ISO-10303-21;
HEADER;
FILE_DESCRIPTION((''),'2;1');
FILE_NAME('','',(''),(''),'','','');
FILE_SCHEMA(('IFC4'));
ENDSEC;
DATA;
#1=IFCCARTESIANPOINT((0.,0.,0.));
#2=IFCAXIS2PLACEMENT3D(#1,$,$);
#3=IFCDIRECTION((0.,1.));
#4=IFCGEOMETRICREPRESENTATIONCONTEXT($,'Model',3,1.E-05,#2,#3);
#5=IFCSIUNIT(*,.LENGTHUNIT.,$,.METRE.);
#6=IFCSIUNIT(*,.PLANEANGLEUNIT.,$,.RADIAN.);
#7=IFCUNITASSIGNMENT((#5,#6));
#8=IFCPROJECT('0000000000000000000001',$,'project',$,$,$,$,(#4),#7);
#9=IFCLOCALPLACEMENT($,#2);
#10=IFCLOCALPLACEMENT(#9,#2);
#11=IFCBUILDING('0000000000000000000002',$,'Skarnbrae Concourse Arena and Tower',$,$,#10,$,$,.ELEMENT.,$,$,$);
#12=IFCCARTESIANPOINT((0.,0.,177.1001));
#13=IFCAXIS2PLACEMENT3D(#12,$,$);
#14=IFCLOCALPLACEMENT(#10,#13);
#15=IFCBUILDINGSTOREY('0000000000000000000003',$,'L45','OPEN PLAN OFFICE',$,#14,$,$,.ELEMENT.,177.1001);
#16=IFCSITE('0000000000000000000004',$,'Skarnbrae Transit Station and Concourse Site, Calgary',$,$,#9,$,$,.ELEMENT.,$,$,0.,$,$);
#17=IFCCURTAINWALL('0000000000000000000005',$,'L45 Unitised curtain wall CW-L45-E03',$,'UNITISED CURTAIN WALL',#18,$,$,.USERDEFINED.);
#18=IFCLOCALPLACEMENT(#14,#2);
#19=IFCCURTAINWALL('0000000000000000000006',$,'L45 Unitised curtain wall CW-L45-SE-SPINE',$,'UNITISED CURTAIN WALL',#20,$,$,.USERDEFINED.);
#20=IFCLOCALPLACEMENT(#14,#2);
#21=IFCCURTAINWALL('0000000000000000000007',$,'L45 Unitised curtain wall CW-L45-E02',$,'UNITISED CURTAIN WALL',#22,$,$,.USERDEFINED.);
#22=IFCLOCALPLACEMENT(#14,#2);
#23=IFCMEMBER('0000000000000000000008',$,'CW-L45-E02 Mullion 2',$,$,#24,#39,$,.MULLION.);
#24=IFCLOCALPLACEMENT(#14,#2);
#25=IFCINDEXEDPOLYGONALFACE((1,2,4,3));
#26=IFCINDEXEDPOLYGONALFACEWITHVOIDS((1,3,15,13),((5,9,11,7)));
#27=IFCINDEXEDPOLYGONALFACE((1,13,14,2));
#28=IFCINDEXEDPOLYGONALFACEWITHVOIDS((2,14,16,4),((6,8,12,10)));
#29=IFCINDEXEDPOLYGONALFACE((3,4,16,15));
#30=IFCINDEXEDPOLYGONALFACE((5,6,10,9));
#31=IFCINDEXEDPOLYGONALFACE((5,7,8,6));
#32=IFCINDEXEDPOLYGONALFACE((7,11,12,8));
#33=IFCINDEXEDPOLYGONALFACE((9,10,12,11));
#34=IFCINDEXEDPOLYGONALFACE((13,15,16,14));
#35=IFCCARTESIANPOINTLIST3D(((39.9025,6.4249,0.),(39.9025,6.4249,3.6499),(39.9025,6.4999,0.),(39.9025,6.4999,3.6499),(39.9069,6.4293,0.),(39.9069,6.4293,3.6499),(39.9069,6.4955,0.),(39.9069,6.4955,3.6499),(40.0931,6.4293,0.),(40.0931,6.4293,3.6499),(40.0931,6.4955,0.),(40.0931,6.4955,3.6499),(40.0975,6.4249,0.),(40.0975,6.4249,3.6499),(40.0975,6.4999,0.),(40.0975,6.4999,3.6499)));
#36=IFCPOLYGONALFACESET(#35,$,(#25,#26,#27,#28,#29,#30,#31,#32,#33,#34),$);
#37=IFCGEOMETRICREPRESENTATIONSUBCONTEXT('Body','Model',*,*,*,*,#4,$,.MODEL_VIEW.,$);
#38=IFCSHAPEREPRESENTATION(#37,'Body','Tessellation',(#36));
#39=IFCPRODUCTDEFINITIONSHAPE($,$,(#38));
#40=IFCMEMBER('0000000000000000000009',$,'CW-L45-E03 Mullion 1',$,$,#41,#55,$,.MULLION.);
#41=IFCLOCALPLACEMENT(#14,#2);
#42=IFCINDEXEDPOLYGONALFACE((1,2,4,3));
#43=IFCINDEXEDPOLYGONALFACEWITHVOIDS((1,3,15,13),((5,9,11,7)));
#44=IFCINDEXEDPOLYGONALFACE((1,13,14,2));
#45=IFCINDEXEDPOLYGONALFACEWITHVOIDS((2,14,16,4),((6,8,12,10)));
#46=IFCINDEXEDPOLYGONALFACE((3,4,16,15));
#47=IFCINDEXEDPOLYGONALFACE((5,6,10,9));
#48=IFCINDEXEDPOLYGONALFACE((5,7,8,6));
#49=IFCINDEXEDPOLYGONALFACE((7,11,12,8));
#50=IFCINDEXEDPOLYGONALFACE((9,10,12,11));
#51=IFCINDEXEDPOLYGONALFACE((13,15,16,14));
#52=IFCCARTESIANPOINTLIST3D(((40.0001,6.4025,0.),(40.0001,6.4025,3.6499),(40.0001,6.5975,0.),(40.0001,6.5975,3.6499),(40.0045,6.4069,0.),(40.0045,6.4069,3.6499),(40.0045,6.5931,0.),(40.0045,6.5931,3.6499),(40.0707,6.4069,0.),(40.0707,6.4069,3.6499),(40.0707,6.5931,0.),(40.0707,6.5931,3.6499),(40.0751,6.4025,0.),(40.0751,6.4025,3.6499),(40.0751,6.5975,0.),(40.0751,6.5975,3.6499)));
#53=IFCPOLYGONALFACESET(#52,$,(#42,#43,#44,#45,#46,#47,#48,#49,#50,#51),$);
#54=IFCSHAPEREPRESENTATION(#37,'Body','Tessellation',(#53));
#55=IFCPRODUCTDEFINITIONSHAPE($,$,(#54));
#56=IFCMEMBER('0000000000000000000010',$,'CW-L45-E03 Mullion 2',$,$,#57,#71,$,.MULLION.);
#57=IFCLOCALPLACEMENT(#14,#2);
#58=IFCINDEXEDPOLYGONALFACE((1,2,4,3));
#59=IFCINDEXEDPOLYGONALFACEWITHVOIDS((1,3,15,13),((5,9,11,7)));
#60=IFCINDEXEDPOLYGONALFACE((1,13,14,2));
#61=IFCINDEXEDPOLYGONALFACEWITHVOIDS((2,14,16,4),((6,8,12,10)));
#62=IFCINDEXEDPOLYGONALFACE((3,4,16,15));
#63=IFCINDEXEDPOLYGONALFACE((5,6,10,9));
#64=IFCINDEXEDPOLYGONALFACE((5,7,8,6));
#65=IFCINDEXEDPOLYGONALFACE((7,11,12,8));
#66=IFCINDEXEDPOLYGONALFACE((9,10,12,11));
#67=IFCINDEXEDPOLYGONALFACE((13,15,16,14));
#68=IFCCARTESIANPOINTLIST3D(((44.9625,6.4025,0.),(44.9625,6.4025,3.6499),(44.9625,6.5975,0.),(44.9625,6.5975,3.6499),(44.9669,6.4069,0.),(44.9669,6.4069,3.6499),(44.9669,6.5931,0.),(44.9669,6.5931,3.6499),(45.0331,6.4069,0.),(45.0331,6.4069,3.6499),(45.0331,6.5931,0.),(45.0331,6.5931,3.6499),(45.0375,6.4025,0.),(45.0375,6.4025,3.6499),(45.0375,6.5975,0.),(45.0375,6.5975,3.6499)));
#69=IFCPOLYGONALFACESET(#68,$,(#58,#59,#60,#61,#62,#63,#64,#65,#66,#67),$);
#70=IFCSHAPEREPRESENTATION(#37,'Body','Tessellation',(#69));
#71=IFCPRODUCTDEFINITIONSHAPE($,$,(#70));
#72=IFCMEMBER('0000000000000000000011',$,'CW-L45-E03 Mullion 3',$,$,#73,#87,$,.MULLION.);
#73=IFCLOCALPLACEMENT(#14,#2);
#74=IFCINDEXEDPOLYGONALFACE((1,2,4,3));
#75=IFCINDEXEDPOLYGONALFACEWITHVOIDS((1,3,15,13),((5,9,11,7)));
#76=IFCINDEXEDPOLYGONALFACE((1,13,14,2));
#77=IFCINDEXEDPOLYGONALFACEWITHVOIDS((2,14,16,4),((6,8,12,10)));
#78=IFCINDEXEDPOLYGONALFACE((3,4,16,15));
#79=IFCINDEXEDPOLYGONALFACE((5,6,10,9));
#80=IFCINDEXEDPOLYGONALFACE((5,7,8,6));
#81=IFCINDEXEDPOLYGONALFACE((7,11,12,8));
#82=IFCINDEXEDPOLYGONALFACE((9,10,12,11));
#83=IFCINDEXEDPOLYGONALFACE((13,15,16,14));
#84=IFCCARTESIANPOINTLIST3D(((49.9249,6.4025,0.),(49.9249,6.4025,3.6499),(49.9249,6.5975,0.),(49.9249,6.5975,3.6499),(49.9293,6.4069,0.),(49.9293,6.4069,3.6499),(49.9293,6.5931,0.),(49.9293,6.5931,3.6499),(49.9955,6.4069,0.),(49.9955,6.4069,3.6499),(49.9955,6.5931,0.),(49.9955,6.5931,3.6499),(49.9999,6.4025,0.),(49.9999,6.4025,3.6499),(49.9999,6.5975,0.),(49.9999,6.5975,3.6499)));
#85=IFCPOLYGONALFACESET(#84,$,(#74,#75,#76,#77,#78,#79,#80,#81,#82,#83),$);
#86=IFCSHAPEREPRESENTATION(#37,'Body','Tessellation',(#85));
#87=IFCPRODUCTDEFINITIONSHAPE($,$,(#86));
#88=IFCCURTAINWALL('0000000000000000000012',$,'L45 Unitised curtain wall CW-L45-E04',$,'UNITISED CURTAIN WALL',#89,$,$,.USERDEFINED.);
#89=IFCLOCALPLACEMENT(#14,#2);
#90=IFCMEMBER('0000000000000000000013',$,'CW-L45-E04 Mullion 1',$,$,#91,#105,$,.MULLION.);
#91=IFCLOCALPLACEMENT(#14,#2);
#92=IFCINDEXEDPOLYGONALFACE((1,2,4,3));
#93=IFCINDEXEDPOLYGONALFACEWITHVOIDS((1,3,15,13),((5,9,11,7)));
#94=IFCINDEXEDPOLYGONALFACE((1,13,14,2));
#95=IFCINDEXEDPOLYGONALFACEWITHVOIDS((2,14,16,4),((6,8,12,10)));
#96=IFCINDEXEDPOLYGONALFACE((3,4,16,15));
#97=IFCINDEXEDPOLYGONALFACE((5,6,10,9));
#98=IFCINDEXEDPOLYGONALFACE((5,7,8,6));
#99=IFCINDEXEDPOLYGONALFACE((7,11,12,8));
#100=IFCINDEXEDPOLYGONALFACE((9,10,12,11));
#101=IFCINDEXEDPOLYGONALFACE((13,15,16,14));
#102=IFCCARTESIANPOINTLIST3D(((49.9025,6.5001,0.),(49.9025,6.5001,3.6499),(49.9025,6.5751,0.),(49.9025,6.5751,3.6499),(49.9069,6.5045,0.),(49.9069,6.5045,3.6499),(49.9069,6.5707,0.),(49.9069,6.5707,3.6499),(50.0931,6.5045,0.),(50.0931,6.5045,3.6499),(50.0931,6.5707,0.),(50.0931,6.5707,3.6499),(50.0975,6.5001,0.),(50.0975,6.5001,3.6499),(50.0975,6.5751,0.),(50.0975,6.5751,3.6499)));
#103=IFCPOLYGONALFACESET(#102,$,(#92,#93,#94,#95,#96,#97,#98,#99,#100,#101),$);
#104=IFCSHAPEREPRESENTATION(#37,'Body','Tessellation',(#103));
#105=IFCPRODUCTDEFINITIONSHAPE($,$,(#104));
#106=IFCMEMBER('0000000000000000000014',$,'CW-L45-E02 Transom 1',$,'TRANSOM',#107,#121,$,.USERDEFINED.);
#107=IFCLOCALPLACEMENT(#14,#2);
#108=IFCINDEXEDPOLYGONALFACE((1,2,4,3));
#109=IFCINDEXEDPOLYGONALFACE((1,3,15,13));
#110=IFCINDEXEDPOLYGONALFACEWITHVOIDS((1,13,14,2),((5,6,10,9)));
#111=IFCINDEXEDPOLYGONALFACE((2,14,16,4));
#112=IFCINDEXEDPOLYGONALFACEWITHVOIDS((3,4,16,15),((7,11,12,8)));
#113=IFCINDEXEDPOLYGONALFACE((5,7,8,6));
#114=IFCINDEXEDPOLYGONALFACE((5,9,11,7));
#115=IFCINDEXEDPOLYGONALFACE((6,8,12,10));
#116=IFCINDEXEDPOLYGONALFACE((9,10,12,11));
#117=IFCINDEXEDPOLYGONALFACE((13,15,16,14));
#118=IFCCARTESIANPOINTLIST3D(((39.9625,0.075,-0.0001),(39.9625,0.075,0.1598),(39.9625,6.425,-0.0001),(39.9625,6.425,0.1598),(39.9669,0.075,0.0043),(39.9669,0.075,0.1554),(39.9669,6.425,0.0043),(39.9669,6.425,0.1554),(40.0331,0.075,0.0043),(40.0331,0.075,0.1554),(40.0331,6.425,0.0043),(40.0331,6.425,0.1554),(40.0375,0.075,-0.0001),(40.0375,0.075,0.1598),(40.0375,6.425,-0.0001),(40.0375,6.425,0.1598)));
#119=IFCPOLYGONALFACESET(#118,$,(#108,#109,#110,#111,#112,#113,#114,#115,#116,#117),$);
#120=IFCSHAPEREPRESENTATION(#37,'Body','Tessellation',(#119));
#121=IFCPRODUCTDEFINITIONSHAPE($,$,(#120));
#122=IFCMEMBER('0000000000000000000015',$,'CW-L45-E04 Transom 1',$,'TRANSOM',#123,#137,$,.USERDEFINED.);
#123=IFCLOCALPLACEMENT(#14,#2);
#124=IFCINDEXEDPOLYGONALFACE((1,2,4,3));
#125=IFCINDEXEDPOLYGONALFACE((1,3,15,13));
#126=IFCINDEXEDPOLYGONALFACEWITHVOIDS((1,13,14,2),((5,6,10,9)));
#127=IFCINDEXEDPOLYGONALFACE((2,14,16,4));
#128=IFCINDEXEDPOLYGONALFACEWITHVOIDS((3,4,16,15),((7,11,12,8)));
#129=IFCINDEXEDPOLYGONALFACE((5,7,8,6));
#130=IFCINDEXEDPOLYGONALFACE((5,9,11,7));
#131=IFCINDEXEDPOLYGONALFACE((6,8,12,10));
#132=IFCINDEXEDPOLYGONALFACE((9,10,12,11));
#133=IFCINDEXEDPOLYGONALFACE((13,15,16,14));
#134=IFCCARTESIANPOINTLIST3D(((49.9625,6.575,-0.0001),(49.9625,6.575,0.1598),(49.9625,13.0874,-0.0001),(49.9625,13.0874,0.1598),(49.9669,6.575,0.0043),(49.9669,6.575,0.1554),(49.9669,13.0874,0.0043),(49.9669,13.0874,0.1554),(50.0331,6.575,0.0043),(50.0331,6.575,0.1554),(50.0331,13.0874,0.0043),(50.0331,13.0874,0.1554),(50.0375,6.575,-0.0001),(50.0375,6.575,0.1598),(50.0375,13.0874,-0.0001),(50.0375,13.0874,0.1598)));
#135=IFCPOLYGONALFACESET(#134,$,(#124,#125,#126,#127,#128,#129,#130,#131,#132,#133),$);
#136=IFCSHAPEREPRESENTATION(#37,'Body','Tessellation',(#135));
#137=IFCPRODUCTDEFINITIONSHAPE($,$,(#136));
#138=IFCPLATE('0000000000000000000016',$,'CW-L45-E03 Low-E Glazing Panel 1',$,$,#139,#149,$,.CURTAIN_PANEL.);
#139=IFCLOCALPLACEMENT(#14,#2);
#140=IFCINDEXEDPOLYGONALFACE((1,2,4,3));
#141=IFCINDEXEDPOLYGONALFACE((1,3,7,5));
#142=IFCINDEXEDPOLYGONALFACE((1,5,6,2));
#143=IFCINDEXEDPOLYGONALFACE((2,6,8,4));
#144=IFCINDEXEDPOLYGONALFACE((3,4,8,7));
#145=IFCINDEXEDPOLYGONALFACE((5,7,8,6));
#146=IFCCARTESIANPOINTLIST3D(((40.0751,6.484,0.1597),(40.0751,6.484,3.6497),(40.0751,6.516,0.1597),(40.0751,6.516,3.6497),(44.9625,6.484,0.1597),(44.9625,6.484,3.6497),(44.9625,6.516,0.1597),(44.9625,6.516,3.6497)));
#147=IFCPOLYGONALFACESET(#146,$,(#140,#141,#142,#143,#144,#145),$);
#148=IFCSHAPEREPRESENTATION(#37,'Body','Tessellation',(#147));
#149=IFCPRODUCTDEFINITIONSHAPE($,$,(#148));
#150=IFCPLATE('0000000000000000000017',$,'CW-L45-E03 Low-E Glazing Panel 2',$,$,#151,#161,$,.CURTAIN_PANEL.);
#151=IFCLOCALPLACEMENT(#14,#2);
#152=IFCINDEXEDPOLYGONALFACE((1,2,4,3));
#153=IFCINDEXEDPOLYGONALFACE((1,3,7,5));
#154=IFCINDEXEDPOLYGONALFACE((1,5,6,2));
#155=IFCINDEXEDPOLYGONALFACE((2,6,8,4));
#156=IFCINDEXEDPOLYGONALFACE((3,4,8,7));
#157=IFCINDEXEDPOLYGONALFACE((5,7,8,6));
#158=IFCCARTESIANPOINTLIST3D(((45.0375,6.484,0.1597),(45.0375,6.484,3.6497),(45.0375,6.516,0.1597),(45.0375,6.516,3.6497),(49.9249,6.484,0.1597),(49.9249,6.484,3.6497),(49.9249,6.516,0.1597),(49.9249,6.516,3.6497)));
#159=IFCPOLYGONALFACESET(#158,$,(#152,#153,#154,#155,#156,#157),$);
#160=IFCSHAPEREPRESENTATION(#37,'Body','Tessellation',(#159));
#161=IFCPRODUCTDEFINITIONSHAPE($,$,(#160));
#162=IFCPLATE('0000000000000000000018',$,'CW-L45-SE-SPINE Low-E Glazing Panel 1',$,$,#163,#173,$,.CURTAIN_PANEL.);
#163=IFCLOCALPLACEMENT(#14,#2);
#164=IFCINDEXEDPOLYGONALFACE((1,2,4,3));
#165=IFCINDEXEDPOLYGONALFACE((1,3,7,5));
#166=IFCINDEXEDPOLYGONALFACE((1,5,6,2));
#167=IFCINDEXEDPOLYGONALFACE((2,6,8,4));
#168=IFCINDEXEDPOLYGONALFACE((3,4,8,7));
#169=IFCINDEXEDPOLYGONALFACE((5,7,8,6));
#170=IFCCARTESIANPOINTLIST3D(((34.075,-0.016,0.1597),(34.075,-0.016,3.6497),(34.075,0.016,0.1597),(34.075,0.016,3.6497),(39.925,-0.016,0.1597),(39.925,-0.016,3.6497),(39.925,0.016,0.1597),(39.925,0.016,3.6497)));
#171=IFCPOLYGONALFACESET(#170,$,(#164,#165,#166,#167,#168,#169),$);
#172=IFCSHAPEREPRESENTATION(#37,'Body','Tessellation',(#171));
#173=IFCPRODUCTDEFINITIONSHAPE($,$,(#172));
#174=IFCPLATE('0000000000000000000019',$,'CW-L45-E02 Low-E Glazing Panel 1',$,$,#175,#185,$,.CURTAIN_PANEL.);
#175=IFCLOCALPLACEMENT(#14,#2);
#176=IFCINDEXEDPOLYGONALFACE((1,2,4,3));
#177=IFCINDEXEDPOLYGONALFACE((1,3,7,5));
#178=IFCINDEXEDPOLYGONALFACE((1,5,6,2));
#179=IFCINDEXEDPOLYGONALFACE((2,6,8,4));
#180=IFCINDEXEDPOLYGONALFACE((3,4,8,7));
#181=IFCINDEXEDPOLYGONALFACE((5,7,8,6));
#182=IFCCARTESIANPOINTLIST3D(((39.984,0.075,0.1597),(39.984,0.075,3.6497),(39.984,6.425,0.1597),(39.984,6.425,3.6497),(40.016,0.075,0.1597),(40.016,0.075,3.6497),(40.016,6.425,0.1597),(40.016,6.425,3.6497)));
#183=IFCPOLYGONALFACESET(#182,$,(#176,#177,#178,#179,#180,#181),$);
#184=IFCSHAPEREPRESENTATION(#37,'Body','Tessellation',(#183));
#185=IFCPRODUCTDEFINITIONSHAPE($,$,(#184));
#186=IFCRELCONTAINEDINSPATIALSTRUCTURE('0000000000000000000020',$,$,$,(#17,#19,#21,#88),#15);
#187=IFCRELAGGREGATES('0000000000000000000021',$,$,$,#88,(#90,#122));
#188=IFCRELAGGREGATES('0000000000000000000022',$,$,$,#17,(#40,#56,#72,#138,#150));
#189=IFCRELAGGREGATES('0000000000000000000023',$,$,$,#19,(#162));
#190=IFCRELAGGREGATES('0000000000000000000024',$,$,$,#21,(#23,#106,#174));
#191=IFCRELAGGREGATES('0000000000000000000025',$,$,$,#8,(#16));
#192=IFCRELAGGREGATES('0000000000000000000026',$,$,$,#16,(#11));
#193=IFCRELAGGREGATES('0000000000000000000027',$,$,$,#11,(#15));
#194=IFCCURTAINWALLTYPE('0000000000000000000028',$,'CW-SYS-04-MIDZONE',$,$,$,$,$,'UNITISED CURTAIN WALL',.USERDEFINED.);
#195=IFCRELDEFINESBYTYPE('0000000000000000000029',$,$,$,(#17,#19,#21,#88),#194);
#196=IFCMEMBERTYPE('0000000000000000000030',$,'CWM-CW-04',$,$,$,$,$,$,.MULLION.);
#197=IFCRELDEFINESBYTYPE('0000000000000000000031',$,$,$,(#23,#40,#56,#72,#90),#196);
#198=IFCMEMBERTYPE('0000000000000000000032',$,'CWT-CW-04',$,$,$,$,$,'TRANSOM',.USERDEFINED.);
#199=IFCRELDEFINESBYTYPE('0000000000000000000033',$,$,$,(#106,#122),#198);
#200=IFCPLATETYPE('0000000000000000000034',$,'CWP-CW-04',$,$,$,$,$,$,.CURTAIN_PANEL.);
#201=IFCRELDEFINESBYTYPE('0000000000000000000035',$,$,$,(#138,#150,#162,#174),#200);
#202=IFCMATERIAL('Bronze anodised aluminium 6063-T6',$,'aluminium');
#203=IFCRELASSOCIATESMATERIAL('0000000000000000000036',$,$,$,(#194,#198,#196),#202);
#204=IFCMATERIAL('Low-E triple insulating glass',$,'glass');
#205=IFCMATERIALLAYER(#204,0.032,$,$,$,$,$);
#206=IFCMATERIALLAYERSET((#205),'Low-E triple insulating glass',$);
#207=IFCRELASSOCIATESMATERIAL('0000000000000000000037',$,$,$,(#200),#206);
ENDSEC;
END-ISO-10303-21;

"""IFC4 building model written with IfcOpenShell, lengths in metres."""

from ifc_helpers import new_model, si_unit, direction, frame, origin, origin_2d, place, context, subcontext, project, spatial, rectangle, hollow_rectangle, extrude, source, transform, mapped, material, layer, layer_set, material_profile, profile_set, type_object, element, aggregate, save


model = new_model("IFC4")

# Units and contexts
model_context = context("Model", 3, precision=1e-05, world=origin(), true_north=direction((0.0, 1.0)))
body_context = subcontext(model_context, "Body", "Model", "MODEL_VIEW")
ifc_project = project(units=[si_unit("LENGTHUNIT", "METRE"), si_unit("PLANEANGLEUNIT", "RADIAN")], contexts=[model_context])

# Site, building, storey
site_placement = place(None, origin())
site = spatial("IfcSite", under=ifc_project, at=site_placement, Name="Skarnbrae Transit Station and Concourse Site, Calgary", CompositionType="ELEMENT", RefElevation=0.0)
building_placement = place(site_placement, origin())
building = spatial("IfcBuilding", under=site, at=building_placement, Name="Skarnbrae Concourse Arena and Tower", CompositionType="ELEMENT")
storey_placement = place(building_placement, frame((0.0, 0.0, 177.1001)))
storey = spatial("IfcBuildingStorey", under=building, at=storey_placement, Name="L45", Description="OPEN PLAN OFFICE", CompositionType="ELEMENT", Elevation=177.1001)

# Curtain wall
ifc_material_1 = material(Name="Bronze anodised aluminium 6063-T6", Category="aluminium")
curtain_wall_type = type_object("IfcCurtainWallType", Name="CW-SYS-04-MIDZONE", ElementType="UNITISED CURTAIN WALL", PredefinedType="USERDEFINED", material=ifc_material_1)
curtain_wall_1_placement = place(storey_placement, origin())
curtain_wall_1 = element("IfcCurtainWall", 1, at=curtain_wall_1_placement, inside=storey, type_object=curtain_wall_type, Name="L45 Unitised curtain wall CW-L45-E03", ObjectType="UNITISED CURTAIN WALL", PredefinedType="USERDEFINED")
ifc_material_profile_1 = material_profile(ifc_material_1, hollow_rectangle(XDim=0.075, YDim=0.1599, WallThickness=0.0044, at=origin_2d()), Name="ALU-TRAN-75X160")
ifc_profile_set_1 = profile_set([ifc_material_profile_1], Name="Bronze anodised aluminium 6063-T6")
member_type_1 = type_object("IfcMemberType", Name="CWT-CW-04", ElementType="TRANSOM", PredefinedType="USERDEFINED", material=ifc_profile_set_1)

# Curtain wall
curtain_wall_2_placement = place(storey_placement, origin())
curtain_wall_2 = element("IfcCurtainWall", 2, at=curtain_wall_2_placement, inside=storey, type_object=curtain_wall_type, Name="L45 Unitised curtain wall CW-L45-SE-SPINE", ObjectType="UNITISED CURTAIN WALL", PredefinedType="USERDEFINED")
ifc_material_profile_2 = material_profile(ifc_material_1, hollow_rectangle(XDim=0.075, YDim=0.1951, WallThickness=0.0044, at=origin_2d()), Name="ALU-MULL-75X195")
ifc_profile_set_2 = profile_set([ifc_material_profile_2], Name="Bronze anodised aluminium 6063-T6")
member_type_2 = type_object("IfcMemberType", Name="CWM-CW-04", PredefinedType="MULLION", material=ifc_profile_set_2)
shared_shape_1 = source(origin(), body_context, "Body", "SweptSolid", [
    extrude(hollow_rectangle(XDim=0.075, YDim=0.1951, WallThickness=0.0044, at=origin_2d()), origin(), (0.0, 0.0, 1.0), 3.6499),
])

# Curtain wall, member
curtain_wall_3_placement = place(storey_placement, origin())
curtain_wall_3 = element("IfcCurtainWall", 3, at=curtain_wall_3_placement, inside=storey, type_object=curtain_wall_type, Name="L45 Unitised curtain wall CW-L45-E02", ObjectType="UNITISED CURTAIN WALL", PredefinedType="USERDEFINED")
member_1_placement = place(storey_placement, frame((40.0, 6.4624, 0.0), z_axis=(0.0, 0.0, 1.0), x_axis=(0.0, 1.0, 0.0)))
member_1 = element("IfcMember", 4, at=member_1_placement, type_object=member_type_2, Name="CW-L45-E02 Mullion 2", PredefinedType="MULLION", context=body_context, shape_type="MappedRepresentation", body=[
    mapped(shared_shape_1, transform((0.0, 0.0, 0.0))),
])

# Members
member_2_placement = place(storey_placement, frame((40.0376, 6.5, 0.0), z_axis=(0.0, 0.0, 1.0), x_axis=(1.0, 0.0, 0.0)))
member_2 = element("IfcMember", 5, at=member_2_placement, type_object=member_type_2, Name="CW-L45-E03 Mullion 1", PredefinedType="MULLION", context=body_context, shape_type="MappedRepresentation", body=[
    mapped(shared_shape_1, transform((0.0, 0.0, 0.0))),
])
member_3_placement = place(storey_placement, frame((45.0, 6.5, 0.0), z_axis=(0.0, 0.0, 1.0), x_axis=(1.0, 0.0, 0.0)))
member_3 = element("IfcMember", 6, at=member_3_placement, type_object=member_type_2, Name="CW-L45-E03 Mullion 2", PredefinedType="MULLION", context=body_context, shape_type="MappedRepresentation", body=[
    mapped(shared_shape_1, transform((0.0, 0.0, 0.0))),
])
member_4_placement = place(storey_placement, frame((49.9624, 6.5, 0.0), z_axis=(0.0, 0.0, 1.0), x_axis=(1.0, 0.0, 0.0)))
member_4 = element("IfcMember", 7, at=member_4_placement, type_object=member_type_2, Name="CW-L45-E03 Mullion 3", PredefinedType="MULLION", context=body_context, shape_type="MappedRepresentation", body=[
    mapped(shared_shape_1, transform((0.0, 0.0, 0.0))),
])

# Curtain wall, member
curtain_wall_4_placement = place(storey_placement, origin())
curtain_wall_4 = element("IfcCurtainWall", 8, at=curtain_wall_4_placement, inside=storey, type_object=curtain_wall_type, Name="L45 Unitised curtain wall CW-L45-E04", ObjectType="UNITISED CURTAIN WALL", PredefinedType="USERDEFINED")
member_5_placement = place(storey_placement, frame((50.0, 6.5376, 0.0), z_axis=(0.0, 0.0, 1.0), x_axis=(0.0, 1.0, 0.0)))
member_5 = element("IfcMember", 9, at=member_5_placement, type_object=member_type_2, Name="CW-L45-E04 Mullion 1", PredefinedType="MULLION", context=body_context, shape_type="MappedRepresentation", body=[
    mapped(shared_shape_1, transform((0.0, 0.0, 0.0))),
])

# Members
shared_shape_2 = source(origin(), body_context, "Body", "SweptSolid", [
    extrude(hollow_rectangle(XDim=0.075, YDim=0.1599, WallThickness=0.0044, at=origin_2d()), origin(), (0.0, 0.0, 1.0), 6.3501),
])
member_6_placement = place(storey_placement, frame((40.0, 0.075, 0.0798), z_axis=(0.0, 1.0, 0.0), x_axis=(-1.0, 0.0, 0.0)))
member_6 = element("IfcMember", 10, at=member_6_placement, type_object=member_type_1, Name="CW-L45-E02 Transom 1", ObjectType="TRANSOM", PredefinedType="USERDEFINED", context=body_context, shape_type="MappedRepresentation", body=[
    mapped(shared_shape_2, transform((0.0, 0.0, 0.0))),
])
shared_shape_3 = source(origin(), body_context, "Body", "SweptSolid", [
    extrude(hollow_rectangle(XDim=0.075, YDim=0.1599, WallThickness=0.0044, at=origin_2d()), origin(), (0.0, 0.0, 1.0), 6.5125),
])
member_7_placement = place(storey_placement, frame((50.0, 6.575, 0.0798), z_axis=(0.0, 1.0, 0.0), x_axis=(-1.0, 0.0, 0.0)))
member_7 = element("IfcMember", 11, at=member_7_placement, type_object=member_type_1, Name="CW-L45-E04 Transom 1", ObjectType="TRANSOM", PredefinedType="USERDEFINED", context=body_context, shape_type="MappedRepresentation", body=[
    mapped(shared_shape_3, transform((0.0, 0.0, 0.0))),
])
aggregate(curtain_wall_4, [member_5, member_7])

# Plates
ifc_material_2 = material(Name="Low-E triple insulating glass", Category="glass")
ifc_layer = layer(ifc_material_2, 0.032)
ifc_layer_set = layer_set([ifc_layer], Name="Low-E triple insulating glass")
plate_type = type_object("IfcPlateType", Name="CWP-CW-04", PredefinedType="CURTAIN_PANEL", material=ifc_layer_set)
shared_shape_4 = source(origin(), body_context, "Body", "SweptSolid", [
    extrude(rectangle(XDim=4.8875, YDim=0.032, at=origin_2d()), origin(), (0.0, 0.0, 1.0), 3.49),
])
plate_1_placement = place(storey_placement, frame((42.5188, 6.5, 0.1597), z_axis=(0.0, 0.0, 1.0), x_axis=(1.0, 0.0, 0.0)))
plate_1 = element("IfcPlate", 12, at=plate_1_placement, type_object=plate_type, Name="CW-L45-E03 Low-E Glazing Panel 1", PredefinedType="CURTAIN_PANEL", context=body_context, shape_type="MappedRepresentation", body=[
    mapped(shared_shape_4, transform((0.0, 0.0, 0.0))),
])
plate_2_placement = place(storey_placement, frame((47.4812, 6.5, 0.1597), z_axis=(0.0, 0.0, 1.0), x_axis=(1.0, 0.0, 0.0)))
plate_2 = element("IfcPlate", 13, at=plate_2_placement, type_object=plate_type, Name="CW-L45-E03 Low-E Glazing Panel 2", PredefinedType="CURTAIN_PANEL", context=body_context, shape_type="MappedRepresentation", body=[
    mapped(shared_shape_4, transform((0.0, 0.0, 0.0))),
])
aggregate(curtain_wall_1, [member_2, member_3, member_4, plate_1, plate_2])
shared_shape_5 = source(origin(), body_context, "Body", "SweptSolid", [
    extrude(rectangle(XDim=5.8501, YDim=0.032, at=origin_2d()), origin(), (0.0, 0.0, 1.0), 3.49),
])
plate_3_placement = place(storey_placement, frame((37.0, 0.0, 0.1597), z_axis=(0.0, 0.0, 1.0), x_axis=(1.0, 0.0, 0.0)))
plate_3 = element("IfcPlate", 14, at=plate_3_placement, type_object=plate_type, Name="CW-L45-SE-SPINE Low-E Glazing Panel 1", PredefinedType="CURTAIN_PANEL", context=body_context, shape_type="MappedRepresentation", body=[
    mapped(shared_shape_5, transform((0.0, 0.0, 0.0))),
])
aggregate(curtain_wall_2, [plate_3])
shared_shape_6 = source(origin(), body_context, "Body", "SweptSolid", [
    extrude(rectangle(XDim=6.3501, YDim=0.032, at=origin_2d()), origin(), (0.0, 0.0, 1.0), 3.49),
])
plate_4_placement = place(storey_placement, frame((40.0, 3.25, 0.1597), z_axis=(0.0, 0.0, 1.0), x_axis=(0.0, 1.0, 0.0)))
plate_4 = element("IfcPlate", 15, at=plate_4_placement, type_object=plate_type, Name="CW-L45-E02 Low-E Glazing Panel 1", PredefinedType="CURTAIN_PANEL", context=body_context, shape_type="MappedRepresentation", body=[
    mapped(shared_shape_6, transform((0.0, 0.0, 0.0))),
])
aggregate(curtain_wall_3, [member_1, member_6, plate_4])

save(model, "model.ifc")
